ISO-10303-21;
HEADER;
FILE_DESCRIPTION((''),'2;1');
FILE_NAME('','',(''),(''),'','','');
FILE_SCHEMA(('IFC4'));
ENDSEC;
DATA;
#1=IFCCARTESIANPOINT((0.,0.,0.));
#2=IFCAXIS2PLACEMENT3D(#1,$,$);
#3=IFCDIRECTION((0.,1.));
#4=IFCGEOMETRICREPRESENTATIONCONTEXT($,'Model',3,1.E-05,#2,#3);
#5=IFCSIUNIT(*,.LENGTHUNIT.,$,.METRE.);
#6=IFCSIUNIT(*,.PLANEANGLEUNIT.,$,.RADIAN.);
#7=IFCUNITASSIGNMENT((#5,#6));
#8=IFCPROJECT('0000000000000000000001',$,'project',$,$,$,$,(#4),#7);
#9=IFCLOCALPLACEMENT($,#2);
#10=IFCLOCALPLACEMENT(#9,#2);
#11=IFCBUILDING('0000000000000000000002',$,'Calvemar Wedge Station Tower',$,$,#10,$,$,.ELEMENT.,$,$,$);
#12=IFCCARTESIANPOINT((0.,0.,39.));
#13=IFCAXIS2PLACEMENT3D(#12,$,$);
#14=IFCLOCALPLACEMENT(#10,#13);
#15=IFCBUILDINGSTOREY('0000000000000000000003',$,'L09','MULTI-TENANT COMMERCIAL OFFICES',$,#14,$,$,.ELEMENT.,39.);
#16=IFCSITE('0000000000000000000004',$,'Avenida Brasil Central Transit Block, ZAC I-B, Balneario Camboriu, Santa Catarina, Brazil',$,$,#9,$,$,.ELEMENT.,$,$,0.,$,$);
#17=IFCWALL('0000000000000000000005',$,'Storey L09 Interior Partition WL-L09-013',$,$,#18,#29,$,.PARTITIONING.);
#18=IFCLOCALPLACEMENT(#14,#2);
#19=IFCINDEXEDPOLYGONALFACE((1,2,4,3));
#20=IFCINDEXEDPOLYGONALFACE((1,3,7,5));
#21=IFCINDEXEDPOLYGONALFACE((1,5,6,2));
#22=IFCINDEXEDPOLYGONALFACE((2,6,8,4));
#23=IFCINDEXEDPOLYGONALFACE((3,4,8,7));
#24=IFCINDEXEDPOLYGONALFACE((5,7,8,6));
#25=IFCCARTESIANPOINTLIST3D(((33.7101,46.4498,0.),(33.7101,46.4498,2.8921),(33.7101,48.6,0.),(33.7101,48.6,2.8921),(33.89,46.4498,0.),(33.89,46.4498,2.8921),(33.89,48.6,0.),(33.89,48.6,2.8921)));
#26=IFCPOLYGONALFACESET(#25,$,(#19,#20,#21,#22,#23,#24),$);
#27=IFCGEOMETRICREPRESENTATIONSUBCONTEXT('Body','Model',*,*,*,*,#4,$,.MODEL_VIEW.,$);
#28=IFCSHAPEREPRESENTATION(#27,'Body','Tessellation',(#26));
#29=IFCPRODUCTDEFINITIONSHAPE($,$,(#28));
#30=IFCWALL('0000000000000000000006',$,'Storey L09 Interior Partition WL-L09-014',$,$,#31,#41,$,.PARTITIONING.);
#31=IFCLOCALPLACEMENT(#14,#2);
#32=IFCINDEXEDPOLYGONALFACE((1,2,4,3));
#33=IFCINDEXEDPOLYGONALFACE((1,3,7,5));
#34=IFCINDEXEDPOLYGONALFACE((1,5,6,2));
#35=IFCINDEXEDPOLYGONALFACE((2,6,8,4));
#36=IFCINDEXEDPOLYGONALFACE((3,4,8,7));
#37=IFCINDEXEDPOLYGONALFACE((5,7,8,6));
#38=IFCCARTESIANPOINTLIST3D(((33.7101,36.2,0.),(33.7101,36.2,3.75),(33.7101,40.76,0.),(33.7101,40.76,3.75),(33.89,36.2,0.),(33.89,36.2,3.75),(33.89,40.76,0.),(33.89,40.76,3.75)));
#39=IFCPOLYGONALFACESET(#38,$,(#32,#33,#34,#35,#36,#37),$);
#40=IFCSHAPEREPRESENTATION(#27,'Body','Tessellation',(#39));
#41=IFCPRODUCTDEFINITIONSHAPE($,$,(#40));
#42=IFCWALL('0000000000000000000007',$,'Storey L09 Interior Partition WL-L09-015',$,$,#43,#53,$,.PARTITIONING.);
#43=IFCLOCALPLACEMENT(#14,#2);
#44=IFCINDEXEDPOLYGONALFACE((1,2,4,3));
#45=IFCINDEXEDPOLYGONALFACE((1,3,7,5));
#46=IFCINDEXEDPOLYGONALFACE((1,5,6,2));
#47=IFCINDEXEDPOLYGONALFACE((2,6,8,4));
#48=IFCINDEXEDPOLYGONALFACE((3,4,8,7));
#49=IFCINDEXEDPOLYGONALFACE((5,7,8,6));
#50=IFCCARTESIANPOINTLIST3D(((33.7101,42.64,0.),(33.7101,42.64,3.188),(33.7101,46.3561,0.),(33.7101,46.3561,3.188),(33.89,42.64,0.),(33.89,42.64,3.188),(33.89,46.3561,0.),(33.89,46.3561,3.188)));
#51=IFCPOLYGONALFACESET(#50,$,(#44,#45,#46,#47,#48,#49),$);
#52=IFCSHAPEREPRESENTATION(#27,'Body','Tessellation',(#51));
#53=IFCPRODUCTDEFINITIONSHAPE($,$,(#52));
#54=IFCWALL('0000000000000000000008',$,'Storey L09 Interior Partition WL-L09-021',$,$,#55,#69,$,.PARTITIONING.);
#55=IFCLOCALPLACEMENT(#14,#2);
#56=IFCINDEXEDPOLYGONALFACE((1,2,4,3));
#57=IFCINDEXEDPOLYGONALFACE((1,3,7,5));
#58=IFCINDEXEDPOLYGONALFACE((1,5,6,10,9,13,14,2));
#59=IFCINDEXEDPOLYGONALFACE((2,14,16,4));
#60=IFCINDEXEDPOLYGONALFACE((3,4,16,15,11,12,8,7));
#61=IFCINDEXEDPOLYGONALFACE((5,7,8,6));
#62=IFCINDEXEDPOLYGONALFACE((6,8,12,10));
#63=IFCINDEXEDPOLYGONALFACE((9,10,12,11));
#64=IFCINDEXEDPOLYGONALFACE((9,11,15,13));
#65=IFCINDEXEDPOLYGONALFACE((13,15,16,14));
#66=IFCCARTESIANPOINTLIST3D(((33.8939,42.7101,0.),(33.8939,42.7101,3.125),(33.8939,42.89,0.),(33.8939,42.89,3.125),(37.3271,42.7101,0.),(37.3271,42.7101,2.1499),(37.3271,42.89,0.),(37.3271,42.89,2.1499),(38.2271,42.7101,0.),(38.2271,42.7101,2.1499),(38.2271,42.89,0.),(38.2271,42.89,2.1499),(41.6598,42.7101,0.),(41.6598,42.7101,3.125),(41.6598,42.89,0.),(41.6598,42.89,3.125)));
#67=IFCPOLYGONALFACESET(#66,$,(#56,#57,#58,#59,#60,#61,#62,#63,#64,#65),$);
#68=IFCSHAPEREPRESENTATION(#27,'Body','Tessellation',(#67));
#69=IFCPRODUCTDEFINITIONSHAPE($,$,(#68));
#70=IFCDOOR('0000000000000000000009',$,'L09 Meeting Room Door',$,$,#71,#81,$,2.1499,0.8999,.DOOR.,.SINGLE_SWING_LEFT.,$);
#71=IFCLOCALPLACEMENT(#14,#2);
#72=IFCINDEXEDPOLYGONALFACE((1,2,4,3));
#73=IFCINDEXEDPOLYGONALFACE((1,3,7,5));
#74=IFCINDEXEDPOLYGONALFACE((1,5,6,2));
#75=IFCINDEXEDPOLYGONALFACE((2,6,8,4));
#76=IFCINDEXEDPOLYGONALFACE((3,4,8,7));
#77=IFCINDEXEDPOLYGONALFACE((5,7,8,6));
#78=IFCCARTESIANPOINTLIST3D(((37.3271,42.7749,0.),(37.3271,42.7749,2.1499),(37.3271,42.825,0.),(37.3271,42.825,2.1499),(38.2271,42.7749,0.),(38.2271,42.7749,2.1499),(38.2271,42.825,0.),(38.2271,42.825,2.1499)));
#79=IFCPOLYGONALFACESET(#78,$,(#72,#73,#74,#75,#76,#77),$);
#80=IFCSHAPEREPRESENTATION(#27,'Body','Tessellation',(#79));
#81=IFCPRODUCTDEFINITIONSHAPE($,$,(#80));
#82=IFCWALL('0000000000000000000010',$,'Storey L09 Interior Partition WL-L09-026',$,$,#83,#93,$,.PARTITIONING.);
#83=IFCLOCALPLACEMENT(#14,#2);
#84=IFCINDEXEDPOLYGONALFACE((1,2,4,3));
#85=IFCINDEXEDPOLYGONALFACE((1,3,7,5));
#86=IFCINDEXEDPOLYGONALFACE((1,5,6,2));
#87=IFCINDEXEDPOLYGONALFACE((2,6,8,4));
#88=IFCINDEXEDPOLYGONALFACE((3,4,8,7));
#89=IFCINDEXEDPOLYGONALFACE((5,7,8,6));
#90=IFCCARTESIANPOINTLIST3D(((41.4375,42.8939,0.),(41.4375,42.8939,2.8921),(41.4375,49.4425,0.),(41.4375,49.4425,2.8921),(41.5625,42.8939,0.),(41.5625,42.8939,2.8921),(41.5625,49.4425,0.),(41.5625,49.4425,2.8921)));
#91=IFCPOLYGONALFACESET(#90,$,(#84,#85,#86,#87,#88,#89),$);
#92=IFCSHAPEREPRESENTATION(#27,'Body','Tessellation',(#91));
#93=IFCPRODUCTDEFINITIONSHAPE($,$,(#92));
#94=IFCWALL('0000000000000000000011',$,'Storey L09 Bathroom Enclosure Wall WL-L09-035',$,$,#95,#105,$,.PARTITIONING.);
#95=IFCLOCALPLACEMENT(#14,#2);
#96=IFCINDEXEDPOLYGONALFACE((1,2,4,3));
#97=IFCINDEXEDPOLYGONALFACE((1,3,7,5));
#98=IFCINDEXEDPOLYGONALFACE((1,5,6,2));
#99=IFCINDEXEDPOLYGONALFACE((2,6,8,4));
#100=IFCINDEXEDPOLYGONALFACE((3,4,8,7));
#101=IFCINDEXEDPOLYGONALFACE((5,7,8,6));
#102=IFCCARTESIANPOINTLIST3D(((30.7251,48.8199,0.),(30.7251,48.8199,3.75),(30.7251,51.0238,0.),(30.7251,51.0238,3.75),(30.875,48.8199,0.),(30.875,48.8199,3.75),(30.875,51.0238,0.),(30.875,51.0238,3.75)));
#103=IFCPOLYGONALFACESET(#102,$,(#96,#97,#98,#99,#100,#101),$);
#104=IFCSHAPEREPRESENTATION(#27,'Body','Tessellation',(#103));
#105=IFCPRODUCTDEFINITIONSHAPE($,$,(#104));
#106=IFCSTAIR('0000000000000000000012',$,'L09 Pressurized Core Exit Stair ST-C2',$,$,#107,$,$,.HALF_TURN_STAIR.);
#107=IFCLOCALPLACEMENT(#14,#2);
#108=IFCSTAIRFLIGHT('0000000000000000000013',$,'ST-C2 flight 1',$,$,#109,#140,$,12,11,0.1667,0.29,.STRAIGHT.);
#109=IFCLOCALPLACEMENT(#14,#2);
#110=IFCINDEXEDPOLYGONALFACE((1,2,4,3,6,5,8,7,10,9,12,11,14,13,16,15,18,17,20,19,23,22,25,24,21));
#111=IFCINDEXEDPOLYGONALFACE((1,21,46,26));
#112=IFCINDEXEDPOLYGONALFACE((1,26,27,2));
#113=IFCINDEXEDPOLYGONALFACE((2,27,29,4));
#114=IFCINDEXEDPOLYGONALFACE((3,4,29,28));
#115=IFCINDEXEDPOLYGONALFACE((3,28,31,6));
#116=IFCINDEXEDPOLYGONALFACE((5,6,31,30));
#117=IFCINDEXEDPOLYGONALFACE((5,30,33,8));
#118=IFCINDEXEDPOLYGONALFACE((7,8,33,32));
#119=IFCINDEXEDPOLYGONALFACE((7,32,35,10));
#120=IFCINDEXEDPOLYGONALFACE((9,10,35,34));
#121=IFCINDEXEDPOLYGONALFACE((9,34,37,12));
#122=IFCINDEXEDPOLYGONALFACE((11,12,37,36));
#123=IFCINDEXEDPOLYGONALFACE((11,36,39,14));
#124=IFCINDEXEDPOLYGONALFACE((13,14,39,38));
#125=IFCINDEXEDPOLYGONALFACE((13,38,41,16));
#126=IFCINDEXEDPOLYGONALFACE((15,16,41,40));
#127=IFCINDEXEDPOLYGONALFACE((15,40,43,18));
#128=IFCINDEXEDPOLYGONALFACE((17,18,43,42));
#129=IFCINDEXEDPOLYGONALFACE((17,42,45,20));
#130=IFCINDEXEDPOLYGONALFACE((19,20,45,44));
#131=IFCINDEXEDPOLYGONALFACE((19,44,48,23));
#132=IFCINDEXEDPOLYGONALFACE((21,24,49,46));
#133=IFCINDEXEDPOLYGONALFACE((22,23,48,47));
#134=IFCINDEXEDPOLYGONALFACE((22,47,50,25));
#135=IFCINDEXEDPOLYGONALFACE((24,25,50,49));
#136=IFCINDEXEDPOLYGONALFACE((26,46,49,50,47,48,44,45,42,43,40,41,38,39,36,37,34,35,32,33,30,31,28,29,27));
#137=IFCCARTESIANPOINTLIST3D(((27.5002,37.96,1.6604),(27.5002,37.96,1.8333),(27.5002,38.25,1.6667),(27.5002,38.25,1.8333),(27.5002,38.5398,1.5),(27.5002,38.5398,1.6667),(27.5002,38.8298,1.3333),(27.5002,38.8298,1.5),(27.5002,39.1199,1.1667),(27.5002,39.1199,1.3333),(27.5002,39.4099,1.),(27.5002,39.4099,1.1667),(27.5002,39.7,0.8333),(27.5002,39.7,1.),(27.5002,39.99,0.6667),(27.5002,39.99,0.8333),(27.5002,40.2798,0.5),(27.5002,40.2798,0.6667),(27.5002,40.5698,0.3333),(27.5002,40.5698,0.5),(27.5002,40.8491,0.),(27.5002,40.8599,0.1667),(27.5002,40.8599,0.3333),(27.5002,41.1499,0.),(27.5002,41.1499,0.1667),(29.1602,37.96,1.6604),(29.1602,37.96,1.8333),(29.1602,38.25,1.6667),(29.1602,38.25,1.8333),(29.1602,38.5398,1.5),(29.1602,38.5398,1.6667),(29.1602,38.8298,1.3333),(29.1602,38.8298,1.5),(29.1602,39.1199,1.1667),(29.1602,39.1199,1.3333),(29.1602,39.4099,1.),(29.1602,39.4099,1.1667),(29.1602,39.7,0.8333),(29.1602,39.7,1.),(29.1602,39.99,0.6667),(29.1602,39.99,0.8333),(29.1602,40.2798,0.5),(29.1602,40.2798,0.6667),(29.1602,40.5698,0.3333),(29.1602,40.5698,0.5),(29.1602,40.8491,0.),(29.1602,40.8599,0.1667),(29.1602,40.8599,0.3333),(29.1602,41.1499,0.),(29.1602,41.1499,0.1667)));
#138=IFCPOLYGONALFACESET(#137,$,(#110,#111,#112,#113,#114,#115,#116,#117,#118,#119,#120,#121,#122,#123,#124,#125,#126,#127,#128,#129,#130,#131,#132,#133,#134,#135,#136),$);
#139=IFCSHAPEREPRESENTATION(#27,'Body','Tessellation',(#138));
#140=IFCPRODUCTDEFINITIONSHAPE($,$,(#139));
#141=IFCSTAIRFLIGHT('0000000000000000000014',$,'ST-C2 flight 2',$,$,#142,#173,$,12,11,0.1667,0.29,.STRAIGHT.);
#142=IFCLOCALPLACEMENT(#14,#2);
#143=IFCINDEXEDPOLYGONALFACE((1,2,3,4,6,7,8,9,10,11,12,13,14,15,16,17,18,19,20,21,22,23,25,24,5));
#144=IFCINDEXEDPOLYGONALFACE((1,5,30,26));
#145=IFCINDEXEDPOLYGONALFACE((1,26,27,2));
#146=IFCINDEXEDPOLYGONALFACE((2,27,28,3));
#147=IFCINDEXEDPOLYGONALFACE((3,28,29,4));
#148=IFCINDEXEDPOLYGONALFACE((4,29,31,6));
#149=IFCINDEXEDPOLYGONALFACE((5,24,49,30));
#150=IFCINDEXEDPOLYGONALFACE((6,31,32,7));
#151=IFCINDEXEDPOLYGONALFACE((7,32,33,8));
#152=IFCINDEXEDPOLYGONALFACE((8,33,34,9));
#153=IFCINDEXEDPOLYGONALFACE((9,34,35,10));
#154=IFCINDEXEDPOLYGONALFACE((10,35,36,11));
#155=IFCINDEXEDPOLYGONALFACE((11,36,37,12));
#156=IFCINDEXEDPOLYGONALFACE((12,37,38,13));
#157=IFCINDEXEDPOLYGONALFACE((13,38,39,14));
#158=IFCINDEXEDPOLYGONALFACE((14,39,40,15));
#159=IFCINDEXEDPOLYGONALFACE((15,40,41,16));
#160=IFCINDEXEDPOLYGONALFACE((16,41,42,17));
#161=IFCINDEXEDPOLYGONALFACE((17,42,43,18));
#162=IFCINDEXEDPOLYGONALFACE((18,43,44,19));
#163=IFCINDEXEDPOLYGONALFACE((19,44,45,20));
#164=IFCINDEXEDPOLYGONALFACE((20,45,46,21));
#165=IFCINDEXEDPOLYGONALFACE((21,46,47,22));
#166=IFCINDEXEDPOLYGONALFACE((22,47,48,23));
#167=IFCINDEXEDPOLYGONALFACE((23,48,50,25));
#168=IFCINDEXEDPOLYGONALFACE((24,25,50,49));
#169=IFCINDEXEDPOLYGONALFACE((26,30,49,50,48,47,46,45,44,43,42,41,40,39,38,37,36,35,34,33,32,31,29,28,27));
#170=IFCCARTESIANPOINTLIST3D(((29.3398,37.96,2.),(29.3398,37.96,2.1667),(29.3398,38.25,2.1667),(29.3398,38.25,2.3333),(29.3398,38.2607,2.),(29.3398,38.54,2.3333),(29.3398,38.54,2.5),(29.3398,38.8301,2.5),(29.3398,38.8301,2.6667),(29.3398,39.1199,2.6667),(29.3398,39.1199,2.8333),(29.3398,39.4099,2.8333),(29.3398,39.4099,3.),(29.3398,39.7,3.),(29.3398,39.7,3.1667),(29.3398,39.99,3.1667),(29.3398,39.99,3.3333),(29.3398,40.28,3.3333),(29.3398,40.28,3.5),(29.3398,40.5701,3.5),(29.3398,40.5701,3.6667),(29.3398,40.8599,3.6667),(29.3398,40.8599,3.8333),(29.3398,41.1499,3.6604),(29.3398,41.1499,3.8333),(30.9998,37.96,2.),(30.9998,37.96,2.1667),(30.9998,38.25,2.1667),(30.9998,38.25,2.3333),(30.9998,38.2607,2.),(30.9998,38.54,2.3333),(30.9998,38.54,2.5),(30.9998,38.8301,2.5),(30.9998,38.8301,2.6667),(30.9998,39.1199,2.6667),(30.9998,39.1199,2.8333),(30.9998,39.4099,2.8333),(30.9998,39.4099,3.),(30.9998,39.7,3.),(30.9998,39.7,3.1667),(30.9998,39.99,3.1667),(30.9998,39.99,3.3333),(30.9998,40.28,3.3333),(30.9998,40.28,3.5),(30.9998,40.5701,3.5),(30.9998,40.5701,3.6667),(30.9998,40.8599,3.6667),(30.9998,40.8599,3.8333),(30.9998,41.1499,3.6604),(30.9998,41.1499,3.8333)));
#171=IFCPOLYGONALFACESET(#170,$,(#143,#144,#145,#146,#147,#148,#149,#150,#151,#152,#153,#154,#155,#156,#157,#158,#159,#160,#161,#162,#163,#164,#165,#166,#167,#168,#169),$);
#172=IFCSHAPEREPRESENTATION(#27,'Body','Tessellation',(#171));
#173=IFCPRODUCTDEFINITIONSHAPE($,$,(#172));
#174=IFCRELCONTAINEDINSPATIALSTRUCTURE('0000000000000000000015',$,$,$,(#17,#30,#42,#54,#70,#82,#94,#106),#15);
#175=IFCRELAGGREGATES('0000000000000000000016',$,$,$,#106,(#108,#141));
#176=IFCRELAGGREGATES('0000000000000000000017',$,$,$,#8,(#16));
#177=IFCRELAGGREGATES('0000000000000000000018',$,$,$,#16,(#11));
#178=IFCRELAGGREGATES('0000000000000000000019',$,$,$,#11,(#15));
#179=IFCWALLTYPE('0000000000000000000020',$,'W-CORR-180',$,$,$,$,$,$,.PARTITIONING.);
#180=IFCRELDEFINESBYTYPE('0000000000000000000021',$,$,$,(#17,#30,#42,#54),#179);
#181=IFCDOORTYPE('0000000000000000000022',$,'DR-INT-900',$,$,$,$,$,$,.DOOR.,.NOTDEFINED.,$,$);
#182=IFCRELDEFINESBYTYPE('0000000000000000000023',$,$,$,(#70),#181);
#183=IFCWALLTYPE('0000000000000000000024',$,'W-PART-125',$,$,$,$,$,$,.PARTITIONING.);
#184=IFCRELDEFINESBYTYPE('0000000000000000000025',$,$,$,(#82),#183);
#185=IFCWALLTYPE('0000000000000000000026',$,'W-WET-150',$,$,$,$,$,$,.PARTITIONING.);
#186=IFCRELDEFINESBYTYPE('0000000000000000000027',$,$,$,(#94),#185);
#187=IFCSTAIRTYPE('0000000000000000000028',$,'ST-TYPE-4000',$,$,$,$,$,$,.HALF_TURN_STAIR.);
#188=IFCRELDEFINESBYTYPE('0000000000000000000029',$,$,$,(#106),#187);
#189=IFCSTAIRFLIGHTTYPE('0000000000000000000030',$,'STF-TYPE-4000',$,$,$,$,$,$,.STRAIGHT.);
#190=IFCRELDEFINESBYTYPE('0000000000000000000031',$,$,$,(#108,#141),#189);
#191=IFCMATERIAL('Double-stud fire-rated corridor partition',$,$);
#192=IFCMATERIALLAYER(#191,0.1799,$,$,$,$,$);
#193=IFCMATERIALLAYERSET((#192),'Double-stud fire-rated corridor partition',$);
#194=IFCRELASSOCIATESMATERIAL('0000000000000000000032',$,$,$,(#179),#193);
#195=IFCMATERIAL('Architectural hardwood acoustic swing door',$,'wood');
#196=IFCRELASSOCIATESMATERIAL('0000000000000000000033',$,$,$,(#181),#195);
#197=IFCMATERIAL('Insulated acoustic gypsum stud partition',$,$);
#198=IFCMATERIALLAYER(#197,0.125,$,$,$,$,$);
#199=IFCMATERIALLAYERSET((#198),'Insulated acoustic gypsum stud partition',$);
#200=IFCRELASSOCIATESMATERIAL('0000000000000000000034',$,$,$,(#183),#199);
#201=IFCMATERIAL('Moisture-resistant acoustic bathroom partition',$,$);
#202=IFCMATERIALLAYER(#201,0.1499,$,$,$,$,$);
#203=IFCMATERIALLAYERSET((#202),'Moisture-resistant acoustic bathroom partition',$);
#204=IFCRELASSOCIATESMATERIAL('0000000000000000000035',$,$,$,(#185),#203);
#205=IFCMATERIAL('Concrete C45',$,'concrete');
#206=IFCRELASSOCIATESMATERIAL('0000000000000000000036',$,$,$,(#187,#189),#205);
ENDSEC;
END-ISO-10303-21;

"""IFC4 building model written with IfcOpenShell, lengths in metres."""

from ifc_helpers import new_model, si_unit, direction, frame, frame_2d, origin, place, context, subcontext, project, spatial, polyline, rectangle, outline, extrude, source, transform, mapped, material, layer, layer_set, type_object, element, fill, aggregate, save


model = new_model("IFC4")

# Units and contexts
model_context = context("Model", 3, precision=1e-05, world=origin(), true_north=direction((0.0, 1.0)))
body_context = subcontext(model_context, "Body", "Model", "MODEL_VIEW")
ifc_project = project(units=[si_unit("LENGTHUNIT", "METRE"), si_unit("PLANEANGLEUNIT", "RADIAN")], contexts=[model_context])

# Site, building, storey
site_placement = place(None, origin())
site = spatial("IfcSite", under=ifc_project, at=site_placement, Name="Avenida Brasil Central Transit Block, ZAC I-B, Balneario Camboriu, Santa Catarina, Brazil", CompositionType="ELEMENT", RefElevation=0.0)
building_placement = place(site_placement, origin())
building = spatial("IfcBuilding", under=site, at=building_placement, Name="Calvemar Wedge Station Tower", CompositionType="ELEMENT")
storey_placement = place(building_placement, frame((0.0, 0.0, 39.0)))
storey = spatial("IfcBuildingStorey", under=building, at=storey_placement, Name="L09", Description="MULTI-TENANT COMMERCIAL OFFICES", CompositionType="ELEMENT", Elevation=39.0)

# Walls
ifc_material_1 = material(Name="Double-stud fire-rated corridor partition")
ifc_layer_1 = layer(ifc_material_1, 0.1799)
ifc_layer_set_1 = layer_set([ifc_layer_1], Name="Double-stud fire-rated corridor partition")
wall_type_1 = type_object("IfcWallType", Name="W-CORR-180", PredefinedType="PARTITIONING", material=ifc_layer_set_1)
wall_1_placement = place(storey_placement, frame((33.8, 48.6001, 0.0), z_axis=(0.0, 0.0, 1.0), x_axis=(0.0, -1.0, 0.0)))
element("IfcWall", 1, at=wall_1_placement, inside=storey, type_object=wall_type_1, Name="Storey L09 Interior Partition WL-L09-013", PredefinedType="PARTITIONING", context=body_context, shape_type="SweptSolid", body=[
    extrude(rectangle(XDim=2.1501, YDim=0.1799, at=frame_2d((1.0752, 0.0))), origin(), (0.0, 0.0, 1.0), 2.8921),
])
wall_2_placement = place(storey_placement, frame((33.8, 40.76, 0.0), z_axis=(0.0, 0.0, 1.0), x_axis=(0.0, -1.0, 0.0)))
element("IfcWall", 2, at=wall_2_placement, inside=storey, type_object=wall_type_1, Name="Storey L09 Interior Partition WL-L09-014", PredefinedType="PARTITIONING", context=body_context, shape_type="SweptSolid", body=[
    extrude(rectangle(XDim=4.5601, YDim=0.1799, at=frame_2d((2.28, 0.0))), origin(), (0.0, 0.0, 1.0), 3.75),
])
wall_3_placement = place(storey_placement, frame((33.8, 46.356, 0.0), z_axis=(0.0, 0.0, 1.0), x_axis=(0.0, -1.0, 0.0)))
element("IfcWall", 3, at=wall_3_placement, inside=storey, type_object=wall_type_1, Name="Storey L09 Interior Partition WL-L09-015", PredefinedType="PARTITIONING", context=body_context, shape_type="SweptSolid", body=[
    extrude(rectangle(XDim=3.7161, YDim=0.1799, at=frame_2d((1.8579, 0.0))), origin(), (0.0, 0.0, 1.0), 3.188),
])

# Wall, opening, door
wall_4_placement = place(storey_placement, frame((33.894, 42.8, 0.0), z_axis=(0.0, 0.0, 1.0), x_axis=(1.0, 0.0, 0.0)))
wall_4 = element("IfcWall", 4, at=wall_4_placement, inside=storey, type_object=wall_type_1, Name="Storey L09 Interior Partition WL-L09-021", PredefinedType="PARTITIONING", context=body_context, shape_type="SweptSolid", body=[
    extrude(rectangle(XDim=7.7659, YDim=0.1799, at=frame_2d((3.8828, 0.0))), origin(), (0.0, 0.0, 1.0), 3.125),
])
shared_shape_1 = source(origin(), body_context, "Body", "SweptSolid", [
    extrude(rectangle(XDim=0.8999, YDim=2.1499, at=frame_2d((0.45, 1.075))), frame((0.0, 0.1001, 0.0), z_axis=(0.0, -1.0, 0.0), x_axis=(1.0, 0.0, 0.0)), (0.0, 0.0, 1.0), 0.2),
])
opening_placement = place(wall_4_placement, frame((3.4331, 0.0, 0.0)))
opening = element("IfcOpeningElement", 5, at=opening_placement, cuts=wall_4, PredefinedType="OPENING", context=body_context, shape_type="MappedRepresentation", body=[
    mapped(shared_shape_1, transform((0.0, 0.0, 0.0), scale=1.0)),
])
ifc_material_2 = material(Name="Architectural hardwood acoustic swing door", Category="wood")
door_type = type_object("IfcDoorType", Name="DR-INT-900", OperationType="NOTDEFINED", PredefinedType="DOOR", material=ifc_material_2)
shared_shape_2 = source(origin(), body_context, "Body", "SweptSolid", [
    extrude(rectangle(XDim=0.8999, YDim=2.1499, at=frame_2d((0.45, 1.075))), frame((0.0, 0.0249, 0.0), z_axis=(0.0, -1.0, 0.0), x_axis=(1.0, 0.0, 0.0)), (0.0, 0.0, 1.0), 0.05),
])
door_placement = place(opening_placement, origin())
door = element("IfcDoor", 6, at=door_placement, inside=storey, type_object=door_type, Name="L09 Meeting Room Door", OperationType="SINGLE_SWING_LEFT", OverallHeight=2.1499, OverallWidth=0.8999, PredefinedType="DOOR", context=body_context, shape_type="MappedRepresentation", body=[
    mapped(shared_shape_2, transform((0.0, 0.0, 0.0), scale=1.0)),
])
fill(opening, door)

# Walls
ifc_material_3 = material(Name="Insulated acoustic gypsum stud partition")
ifc_layer_2 = layer(ifc_material_3, 0.125)
ifc_layer_set_2 = layer_set([ifc_layer_2], Name="Insulated acoustic gypsum stud partition")
wall_type_2 = type_object("IfcWallType", Name="W-PART-125", PredefinedType="PARTITIONING", material=ifc_layer_set_2)
wall_5_placement = place(storey_placement, frame((41.5, 49.4426, 0.0), z_axis=(0.0, 0.0, 1.0), x_axis=(0.0, -1.0, 0.0)))
element("IfcWall", 7, at=wall_5_placement, inside=storey, type_object=wall_type_2, Name="Storey L09 Interior Partition WL-L09-026", PredefinedType="PARTITIONING", context=body_context, shape_type="SweptSolid", body=[
    extrude(rectangle(XDim=6.5486, YDim=0.125, at=frame_2d((3.2744, 0.0))), origin(), (0.0, 0.0, 1.0), 2.8921),
])
ifc_material_4 = material(Name="Moisture-resistant acoustic bathroom partition")
ifc_layer_3 = layer(ifc_material_4, 0.1499)
ifc_layer_set_3 = layer_set([ifc_layer_3], Name="Moisture-resistant acoustic bathroom partition")
wall_type_3 = type_object("IfcWallType", Name="W-WET-150", PredefinedType="PARTITIONING", material=ifc_layer_set_3)
wall_6_placement = place(storey_placement, frame((30.8, 51.0239, 0.0), z_axis=(0.0, 0.0, 1.0), x_axis=(0.0, -1.0, 0.0)))
element("IfcWall", 8, at=wall_6_placement, inside=storey, type_object=wall_type_3, Name="Storey L09 Bathroom Enclosure Wall WL-L09-035", PredefinedType="PARTITIONING", context=body_context, shape_type="SweptSolid", body=[
    extrude(rectangle(XDim=2.2039, YDim=0.1499, at=frame_2d((1.1021, 0.0))), origin(), (0.0, 0.0, 1.0), 3.75),
])

# Stair, stair flights
ifc_material_5 = material(Name="Concrete C45", Category="concrete")
stair_type = type_object("IfcStairType", Name="ST-TYPE-4000", PredefinedType="HALF_TURN_STAIR", material=ifc_material_5)
stair_placement = place(storey_placement, origin())
stair = element("IfcStair", 9, at=stair_placement, inside=storey, type_object=stair_type, Name="L09 Pressurized Core Exit Stair ST-C2", PredefinedType="HALF_TURN_STAIR")
stair_flight_type = type_object("IfcStairFlightType", Name="STF-TYPE-4000", PredefinedType="STRAIGHT", material=ifc_material_5)
stair_flight_1_placement = place(storey_placement, frame((28.3301, 41.1499, 0.0), z_axis=(0.0, 0.0, 1.0), x_axis=(0.0, -1.0, 0.0)))
stair_flight_1 = element("IfcStairFlight", 10, at=stair_flight_1_placement, type_object=stair_flight_type, Name="ST-C2 flight 1", NumberOfRisers=12, NumberOfTreads=11, PredefinedType="STRAIGHT", RiserHeight=0.1667, TreadLength=0.29, context=body_context, shape_type="SweptSolid", body=[
    extrude(outline(polyline([(0.0, 0.0), (0.0, 0.1667), (0.29, 0.1667), (0.29, 0.3333), (0.5801, 0.3333), (0.5801, 0.5), (0.8701, 0.5), (0.8701, 0.6667), (1.1599, 0.6667), (1.1599, 0.8333), (1.45, 0.8333), (1.45, 1.0), (1.74, 1.0), (1.74, 1.1667), (2.03, 1.1667), (2.03, 1.3333), (2.3201, 1.3333), (2.3201, 1.5), (2.6101, 1.5), (2.6101, 1.6667), (2.8999, 1.6667), (2.8999, 1.8333), (3.1899, 1.8333), (3.1899, 2.0), (3.1899, 1.6604), (0.3008, 0.0), (0.0, 0.0)])), frame((0.0, 0.8301, 0.0), z_axis=(0.0, -1.0, 0.0), x_axis=(1.0, 0.0, 0.0)), (0.0, 0.0, 1.0), 1.6599),
])
stair_flight_2_placement = place(storey_placement, frame((30.1699, 37.96, 2.0), z_axis=(0.0, 0.0, 1.0), x_axis=(0.0, 1.0, 0.0)))
stair_flight_2 = element("IfcStairFlight", 11, at=stair_flight_2_placement, type_object=stair_flight_type, Name="ST-C2 flight 2", NumberOfRisers=12, NumberOfTreads=11, PredefinedType="STRAIGHT", RiserHeight=0.1667, TreadLength=0.29, context=body_context, shape_type="SweptSolid", body=[
    extrude(outline(polyline([(0.0, 0.0), (0.0, 0.1667), (0.29, 0.1667), (0.29, 0.3333), (0.5801, 0.3333), (0.5801, 0.5), (0.8701, 0.5), (0.8701, 0.6667), (1.1599, 0.6667), (1.1599, 0.8333), (1.45, 0.8333), (1.45, 1.0), (1.74, 1.0), (1.74, 1.1667), (2.03, 1.1667), (2.03, 1.3333), (2.3201, 1.3333), (2.3201, 1.5), (2.6101, 1.5), (2.6101, 1.6667), (2.8999, 1.6667), (2.8999, 1.8333), (3.1899, 1.8333), (3.1899, 2.0), (3.1899, 1.6604), (0.3008, 0.0), (0.0, 0.0)])), frame((0.0, 0.8301, 0.0), z_axis=(0.0, -1.0, 0.0), x_axis=(1.0, 0.0, 0.0)), (0.0, 0.0, 1.0), 1.6599),
])
aggregate(stair, [stair_flight_1, stair_flight_2])

save(model, "model.ifc")
